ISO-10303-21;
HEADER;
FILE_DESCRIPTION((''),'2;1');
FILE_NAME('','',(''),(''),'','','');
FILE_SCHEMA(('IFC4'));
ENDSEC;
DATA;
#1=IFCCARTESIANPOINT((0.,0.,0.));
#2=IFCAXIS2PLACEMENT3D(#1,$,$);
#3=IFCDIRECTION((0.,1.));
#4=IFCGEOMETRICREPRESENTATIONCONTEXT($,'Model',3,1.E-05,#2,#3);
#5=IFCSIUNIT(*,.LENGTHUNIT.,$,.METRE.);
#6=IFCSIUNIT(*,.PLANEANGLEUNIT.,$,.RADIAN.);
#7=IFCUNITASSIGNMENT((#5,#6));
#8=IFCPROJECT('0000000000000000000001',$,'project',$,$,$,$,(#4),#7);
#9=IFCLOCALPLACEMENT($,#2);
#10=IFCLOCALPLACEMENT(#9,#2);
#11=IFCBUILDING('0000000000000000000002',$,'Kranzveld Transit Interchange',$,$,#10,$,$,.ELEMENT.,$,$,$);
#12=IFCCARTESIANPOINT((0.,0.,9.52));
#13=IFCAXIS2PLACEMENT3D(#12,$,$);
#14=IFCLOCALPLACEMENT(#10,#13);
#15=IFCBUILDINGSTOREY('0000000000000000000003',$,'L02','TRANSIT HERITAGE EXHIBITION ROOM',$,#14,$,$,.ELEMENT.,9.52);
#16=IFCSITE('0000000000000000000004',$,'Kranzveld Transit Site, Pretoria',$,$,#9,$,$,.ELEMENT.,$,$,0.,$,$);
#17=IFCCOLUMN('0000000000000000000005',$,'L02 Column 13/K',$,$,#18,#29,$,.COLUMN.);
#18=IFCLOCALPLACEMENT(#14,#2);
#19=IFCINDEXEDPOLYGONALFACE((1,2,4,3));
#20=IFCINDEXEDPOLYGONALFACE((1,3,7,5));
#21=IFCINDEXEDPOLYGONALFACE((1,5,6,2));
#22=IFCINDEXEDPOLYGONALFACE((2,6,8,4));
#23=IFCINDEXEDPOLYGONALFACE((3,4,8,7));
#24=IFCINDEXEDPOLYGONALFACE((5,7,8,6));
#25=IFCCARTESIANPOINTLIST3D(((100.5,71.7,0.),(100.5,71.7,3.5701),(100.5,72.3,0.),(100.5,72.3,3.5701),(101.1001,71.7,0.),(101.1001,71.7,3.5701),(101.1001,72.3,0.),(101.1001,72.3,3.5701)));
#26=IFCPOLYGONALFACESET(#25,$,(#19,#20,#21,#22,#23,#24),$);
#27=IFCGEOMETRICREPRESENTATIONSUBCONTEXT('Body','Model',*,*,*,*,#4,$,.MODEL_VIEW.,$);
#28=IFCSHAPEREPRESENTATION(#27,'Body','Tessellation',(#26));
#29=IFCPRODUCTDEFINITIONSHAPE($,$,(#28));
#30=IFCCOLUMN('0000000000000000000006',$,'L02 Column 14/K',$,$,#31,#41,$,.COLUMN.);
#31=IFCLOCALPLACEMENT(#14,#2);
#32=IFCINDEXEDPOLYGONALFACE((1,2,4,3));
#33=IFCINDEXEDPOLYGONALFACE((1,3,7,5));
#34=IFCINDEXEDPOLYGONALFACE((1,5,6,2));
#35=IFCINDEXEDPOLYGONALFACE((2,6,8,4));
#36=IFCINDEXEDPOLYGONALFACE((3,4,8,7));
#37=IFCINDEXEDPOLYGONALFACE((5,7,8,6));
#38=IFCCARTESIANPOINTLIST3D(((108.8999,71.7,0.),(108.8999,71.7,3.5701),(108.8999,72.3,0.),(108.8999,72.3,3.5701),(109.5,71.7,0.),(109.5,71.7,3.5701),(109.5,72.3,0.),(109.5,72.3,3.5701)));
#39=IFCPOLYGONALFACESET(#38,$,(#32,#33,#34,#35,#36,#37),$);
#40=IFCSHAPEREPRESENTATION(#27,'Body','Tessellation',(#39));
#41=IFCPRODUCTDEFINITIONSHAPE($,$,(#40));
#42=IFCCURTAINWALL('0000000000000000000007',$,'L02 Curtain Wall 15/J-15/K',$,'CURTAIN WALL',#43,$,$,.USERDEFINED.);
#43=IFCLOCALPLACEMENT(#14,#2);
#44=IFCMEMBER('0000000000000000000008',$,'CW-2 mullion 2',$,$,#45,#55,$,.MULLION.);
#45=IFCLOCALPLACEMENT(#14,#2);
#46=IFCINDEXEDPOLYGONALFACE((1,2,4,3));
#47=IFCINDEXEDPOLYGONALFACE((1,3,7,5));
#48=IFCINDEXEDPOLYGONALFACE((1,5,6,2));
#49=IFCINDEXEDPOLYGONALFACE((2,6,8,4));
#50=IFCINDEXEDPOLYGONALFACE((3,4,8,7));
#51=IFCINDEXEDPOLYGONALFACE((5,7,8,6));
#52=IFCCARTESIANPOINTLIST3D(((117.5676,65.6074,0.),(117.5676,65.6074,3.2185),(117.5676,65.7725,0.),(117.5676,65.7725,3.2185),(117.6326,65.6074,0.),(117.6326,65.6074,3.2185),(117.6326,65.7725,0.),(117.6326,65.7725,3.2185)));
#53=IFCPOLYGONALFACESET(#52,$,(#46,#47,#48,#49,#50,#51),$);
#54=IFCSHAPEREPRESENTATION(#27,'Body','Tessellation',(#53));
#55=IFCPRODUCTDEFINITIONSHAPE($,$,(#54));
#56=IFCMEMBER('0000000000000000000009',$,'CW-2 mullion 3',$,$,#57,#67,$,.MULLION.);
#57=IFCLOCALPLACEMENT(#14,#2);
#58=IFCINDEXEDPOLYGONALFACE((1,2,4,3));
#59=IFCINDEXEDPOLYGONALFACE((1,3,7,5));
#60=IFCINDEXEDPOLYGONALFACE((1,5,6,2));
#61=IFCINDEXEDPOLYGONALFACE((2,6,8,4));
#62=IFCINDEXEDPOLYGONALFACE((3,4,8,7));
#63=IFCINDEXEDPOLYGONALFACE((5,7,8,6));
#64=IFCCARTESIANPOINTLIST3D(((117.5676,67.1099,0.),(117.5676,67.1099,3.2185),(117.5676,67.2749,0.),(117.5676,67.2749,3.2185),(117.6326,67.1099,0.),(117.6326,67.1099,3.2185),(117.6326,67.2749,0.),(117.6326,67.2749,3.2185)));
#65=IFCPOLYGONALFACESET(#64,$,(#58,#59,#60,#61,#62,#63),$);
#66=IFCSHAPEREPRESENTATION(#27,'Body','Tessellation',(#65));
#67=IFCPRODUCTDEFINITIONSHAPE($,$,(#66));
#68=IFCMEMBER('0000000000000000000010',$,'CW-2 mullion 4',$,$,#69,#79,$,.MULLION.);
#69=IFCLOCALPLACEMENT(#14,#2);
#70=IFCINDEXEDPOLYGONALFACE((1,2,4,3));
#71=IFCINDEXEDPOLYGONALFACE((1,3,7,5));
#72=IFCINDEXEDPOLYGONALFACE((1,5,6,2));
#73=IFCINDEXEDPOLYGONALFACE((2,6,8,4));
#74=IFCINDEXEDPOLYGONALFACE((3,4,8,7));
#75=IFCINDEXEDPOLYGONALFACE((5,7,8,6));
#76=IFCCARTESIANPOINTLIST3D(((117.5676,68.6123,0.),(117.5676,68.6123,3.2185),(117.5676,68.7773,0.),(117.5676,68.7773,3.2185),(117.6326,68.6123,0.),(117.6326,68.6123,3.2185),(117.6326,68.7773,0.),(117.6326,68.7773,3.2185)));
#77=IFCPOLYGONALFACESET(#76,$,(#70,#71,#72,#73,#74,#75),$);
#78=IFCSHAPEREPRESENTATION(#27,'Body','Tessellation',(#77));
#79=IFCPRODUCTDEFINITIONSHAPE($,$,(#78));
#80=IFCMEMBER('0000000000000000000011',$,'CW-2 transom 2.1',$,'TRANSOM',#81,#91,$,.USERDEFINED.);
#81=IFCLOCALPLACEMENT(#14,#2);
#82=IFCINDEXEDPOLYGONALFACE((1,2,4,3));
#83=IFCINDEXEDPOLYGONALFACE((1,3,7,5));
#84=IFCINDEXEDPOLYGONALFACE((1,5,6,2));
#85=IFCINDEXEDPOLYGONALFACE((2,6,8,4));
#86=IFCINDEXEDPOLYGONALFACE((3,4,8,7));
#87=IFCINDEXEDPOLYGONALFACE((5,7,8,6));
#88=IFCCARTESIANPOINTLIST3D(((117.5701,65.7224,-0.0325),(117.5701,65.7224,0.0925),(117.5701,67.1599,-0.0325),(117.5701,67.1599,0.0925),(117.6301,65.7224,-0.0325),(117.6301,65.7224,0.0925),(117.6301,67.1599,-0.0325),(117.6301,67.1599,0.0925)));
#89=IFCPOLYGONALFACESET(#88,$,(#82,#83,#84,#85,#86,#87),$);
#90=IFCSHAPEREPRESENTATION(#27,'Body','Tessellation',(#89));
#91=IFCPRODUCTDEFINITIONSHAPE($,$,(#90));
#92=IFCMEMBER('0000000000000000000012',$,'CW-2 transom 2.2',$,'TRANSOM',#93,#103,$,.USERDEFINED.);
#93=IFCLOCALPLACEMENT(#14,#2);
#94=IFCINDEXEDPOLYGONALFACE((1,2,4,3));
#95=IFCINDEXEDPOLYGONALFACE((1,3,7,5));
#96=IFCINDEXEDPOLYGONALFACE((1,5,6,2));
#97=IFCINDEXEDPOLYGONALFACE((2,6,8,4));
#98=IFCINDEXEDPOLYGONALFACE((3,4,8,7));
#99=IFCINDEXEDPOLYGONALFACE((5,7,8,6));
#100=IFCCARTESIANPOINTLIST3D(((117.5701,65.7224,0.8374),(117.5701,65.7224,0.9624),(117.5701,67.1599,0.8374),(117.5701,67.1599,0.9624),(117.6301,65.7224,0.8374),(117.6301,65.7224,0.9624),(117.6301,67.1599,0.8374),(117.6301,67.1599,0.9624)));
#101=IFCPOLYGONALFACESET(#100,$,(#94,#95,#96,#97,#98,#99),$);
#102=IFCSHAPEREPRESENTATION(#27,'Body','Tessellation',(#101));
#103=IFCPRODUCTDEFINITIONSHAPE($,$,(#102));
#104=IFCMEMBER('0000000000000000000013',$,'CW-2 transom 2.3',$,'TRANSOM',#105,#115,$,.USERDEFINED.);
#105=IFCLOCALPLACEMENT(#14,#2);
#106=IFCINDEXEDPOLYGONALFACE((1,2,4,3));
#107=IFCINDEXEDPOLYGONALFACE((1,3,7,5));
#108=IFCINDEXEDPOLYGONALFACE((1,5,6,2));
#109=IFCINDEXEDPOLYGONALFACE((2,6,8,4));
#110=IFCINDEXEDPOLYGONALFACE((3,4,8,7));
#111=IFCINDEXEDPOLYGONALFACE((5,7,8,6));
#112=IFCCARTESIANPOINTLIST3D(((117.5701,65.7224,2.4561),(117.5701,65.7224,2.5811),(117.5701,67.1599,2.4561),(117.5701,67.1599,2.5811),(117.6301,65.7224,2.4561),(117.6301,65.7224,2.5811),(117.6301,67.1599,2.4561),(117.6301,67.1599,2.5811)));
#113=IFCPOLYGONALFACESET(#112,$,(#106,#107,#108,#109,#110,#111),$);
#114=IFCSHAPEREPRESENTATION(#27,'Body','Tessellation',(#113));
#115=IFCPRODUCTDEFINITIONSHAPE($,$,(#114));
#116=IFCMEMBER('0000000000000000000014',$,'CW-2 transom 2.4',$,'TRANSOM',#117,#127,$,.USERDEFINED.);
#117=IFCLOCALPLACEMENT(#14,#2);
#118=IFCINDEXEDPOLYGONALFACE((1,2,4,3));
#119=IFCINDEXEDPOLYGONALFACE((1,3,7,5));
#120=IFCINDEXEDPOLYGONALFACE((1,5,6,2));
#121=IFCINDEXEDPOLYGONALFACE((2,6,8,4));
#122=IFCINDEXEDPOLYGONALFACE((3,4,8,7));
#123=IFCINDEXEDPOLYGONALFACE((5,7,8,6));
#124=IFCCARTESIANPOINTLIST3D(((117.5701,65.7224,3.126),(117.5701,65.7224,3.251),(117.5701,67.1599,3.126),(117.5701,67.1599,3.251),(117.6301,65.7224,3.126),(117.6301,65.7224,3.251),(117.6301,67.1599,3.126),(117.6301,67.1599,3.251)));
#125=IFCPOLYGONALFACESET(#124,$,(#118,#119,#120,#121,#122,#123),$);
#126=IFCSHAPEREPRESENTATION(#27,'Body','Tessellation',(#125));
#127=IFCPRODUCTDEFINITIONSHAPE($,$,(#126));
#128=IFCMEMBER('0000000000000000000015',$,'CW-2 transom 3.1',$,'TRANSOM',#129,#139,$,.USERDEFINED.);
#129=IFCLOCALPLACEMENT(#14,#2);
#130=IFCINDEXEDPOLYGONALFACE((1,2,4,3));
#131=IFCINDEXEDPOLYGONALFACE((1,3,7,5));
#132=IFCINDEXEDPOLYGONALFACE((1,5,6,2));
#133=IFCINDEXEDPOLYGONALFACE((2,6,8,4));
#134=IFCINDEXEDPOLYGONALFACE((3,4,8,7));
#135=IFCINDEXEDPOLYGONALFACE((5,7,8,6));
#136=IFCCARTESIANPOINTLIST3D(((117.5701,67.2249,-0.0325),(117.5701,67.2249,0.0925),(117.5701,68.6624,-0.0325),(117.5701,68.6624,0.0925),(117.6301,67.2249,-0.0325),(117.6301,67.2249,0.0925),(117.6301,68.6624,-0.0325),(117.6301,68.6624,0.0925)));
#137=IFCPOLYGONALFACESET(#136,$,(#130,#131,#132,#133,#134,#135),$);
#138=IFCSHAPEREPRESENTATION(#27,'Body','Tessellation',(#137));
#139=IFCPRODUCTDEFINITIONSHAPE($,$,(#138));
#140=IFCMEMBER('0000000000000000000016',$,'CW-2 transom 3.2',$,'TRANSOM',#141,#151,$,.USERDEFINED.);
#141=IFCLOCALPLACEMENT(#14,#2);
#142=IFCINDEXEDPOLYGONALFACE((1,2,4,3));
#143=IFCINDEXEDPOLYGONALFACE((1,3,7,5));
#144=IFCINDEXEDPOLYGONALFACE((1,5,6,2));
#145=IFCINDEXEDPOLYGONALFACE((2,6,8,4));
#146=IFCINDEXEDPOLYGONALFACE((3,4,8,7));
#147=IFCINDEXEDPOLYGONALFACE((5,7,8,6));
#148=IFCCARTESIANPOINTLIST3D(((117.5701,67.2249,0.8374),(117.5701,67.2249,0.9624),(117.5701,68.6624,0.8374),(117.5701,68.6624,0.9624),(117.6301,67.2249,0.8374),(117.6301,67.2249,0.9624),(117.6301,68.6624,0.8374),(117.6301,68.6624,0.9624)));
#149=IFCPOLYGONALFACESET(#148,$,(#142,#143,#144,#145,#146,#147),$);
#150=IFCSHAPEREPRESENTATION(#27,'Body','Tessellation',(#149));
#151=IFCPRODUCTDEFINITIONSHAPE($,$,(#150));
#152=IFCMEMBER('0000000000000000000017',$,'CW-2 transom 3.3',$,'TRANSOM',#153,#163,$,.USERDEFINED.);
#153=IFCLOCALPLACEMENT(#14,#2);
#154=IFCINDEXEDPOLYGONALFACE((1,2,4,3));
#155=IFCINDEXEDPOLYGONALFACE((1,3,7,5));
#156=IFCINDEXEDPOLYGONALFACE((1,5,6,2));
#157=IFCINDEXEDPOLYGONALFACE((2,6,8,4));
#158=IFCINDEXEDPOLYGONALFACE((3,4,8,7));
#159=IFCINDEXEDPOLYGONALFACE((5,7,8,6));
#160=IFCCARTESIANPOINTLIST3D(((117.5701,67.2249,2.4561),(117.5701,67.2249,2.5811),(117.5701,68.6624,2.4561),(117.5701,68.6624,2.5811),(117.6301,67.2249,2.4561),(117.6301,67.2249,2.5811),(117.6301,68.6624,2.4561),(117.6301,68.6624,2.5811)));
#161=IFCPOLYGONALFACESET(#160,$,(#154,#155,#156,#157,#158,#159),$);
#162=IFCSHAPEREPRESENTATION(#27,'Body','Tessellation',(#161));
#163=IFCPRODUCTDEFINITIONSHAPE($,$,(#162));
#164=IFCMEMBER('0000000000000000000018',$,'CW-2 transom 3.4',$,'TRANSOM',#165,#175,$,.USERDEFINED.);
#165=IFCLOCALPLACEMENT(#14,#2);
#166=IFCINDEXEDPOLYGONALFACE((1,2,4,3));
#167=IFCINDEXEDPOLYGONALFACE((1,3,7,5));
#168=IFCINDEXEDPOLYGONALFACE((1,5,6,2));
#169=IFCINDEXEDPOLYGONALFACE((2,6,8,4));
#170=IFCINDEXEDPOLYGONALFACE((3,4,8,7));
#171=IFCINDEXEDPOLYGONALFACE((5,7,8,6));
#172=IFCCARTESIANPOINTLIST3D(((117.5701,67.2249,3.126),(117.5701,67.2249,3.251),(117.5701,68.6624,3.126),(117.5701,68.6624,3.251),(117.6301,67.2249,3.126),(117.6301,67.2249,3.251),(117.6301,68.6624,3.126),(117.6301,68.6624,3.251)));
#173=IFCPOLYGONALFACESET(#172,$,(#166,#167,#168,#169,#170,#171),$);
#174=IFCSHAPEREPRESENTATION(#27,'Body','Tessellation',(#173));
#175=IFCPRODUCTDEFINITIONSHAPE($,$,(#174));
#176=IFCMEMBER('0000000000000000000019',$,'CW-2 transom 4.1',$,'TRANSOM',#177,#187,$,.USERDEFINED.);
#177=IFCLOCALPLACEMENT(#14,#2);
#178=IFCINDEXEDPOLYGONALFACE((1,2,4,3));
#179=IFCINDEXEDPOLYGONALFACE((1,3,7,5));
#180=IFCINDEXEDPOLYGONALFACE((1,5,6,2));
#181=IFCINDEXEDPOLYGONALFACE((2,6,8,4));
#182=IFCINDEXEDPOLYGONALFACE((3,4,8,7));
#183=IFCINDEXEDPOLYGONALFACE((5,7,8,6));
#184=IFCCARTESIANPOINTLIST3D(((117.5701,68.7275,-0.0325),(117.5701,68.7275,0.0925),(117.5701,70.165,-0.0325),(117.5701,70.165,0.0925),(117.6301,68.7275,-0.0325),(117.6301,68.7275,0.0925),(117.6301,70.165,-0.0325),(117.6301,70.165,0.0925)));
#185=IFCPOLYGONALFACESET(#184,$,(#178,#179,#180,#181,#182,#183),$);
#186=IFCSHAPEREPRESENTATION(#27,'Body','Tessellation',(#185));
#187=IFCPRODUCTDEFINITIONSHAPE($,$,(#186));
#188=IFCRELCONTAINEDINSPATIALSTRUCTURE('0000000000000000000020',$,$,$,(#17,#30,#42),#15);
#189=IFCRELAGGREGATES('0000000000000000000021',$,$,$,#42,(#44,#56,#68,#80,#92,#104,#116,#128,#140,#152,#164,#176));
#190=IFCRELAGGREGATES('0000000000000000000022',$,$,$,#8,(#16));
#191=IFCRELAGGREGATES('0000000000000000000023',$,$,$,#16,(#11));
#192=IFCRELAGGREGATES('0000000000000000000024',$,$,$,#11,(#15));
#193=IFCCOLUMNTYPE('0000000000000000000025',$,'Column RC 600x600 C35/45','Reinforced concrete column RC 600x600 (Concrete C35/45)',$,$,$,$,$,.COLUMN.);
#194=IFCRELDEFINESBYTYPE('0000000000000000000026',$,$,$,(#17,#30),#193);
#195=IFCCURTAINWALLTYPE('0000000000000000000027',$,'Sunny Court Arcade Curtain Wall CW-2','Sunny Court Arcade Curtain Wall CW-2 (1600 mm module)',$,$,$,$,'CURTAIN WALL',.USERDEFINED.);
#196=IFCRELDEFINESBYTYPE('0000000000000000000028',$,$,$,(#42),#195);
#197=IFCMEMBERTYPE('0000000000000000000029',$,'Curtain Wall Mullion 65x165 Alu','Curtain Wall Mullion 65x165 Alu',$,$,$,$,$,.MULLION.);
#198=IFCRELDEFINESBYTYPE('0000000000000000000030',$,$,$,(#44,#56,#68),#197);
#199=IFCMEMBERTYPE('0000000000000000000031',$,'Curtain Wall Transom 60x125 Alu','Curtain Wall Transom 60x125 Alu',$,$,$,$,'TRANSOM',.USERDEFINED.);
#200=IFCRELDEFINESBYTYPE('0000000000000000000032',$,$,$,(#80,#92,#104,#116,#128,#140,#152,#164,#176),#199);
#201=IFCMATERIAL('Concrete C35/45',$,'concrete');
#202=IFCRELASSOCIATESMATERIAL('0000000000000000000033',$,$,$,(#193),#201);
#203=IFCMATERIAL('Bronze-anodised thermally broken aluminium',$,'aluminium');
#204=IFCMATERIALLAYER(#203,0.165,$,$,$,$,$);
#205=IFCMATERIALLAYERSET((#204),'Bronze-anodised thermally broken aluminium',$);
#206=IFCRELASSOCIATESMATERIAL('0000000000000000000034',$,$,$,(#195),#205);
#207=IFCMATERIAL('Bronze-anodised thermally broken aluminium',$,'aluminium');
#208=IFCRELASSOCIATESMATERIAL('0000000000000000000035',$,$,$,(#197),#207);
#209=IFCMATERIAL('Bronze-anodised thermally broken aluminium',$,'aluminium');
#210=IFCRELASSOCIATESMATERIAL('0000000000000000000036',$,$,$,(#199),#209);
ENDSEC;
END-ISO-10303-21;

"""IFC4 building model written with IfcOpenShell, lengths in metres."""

from ifc_helpers import new_model, si_unit, direction, frame, origin, origin_2d, place, context, subcontext, project, spatial, rectangle, extrude, material, layer, layer_set, material_profile, profile_set, type_object, element, aggregate, save


model = new_model("IFC4")

# Units and contexts
model_context = context("Model", 3, precision=1e-05, world=origin(), true_north=direction((0.0, 1.0)))
body_context = subcontext(model_context, "Body", "Model", "MODEL_VIEW")
ifc_project = project(units=[si_unit("LENGTHUNIT", "METRE"), si_unit("PLANEANGLEUNIT", "RADIAN")], contexts=[model_context])

# Site, building, storey
site_placement = place(None, origin())
site = spatial("IfcSite", under=ifc_project, at=site_placement, Name="Kranzveld Transit Site, Pretoria", CompositionType="ELEMENT", RefElevation=0.0)
building_placement = place(site_placement, origin())
building = spatial("IfcBuilding", under=site, at=building_placement, Name="Kranzveld Transit Interchange", CompositionType="ELEMENT")
storey_placement = place(building_placement, frame((0.0, 0.0, 9.52)))
storey = spatial("IfcBuildingStorey", under=building, at=storey_placement, Name="L02", Description="TRANSIT HERITAGE EXHIBITION ROOM", CompositionType="ELEMENT", Elevation=9.52)

# Columns
ifc_material_1 = material(Name="Concrete C35/45", Category="concrete")
ifc_material_profile_1 = material_profile(ifc_material_1, rectangle(XDim=0.6001, YDim=0.6001, at=origin_2d()), Name="RC 600x600")
ifc_profile_set_1 = profile_set([ifc_material_profile_1], Name="Concrete C35/45")
column_type = type_object("IfcColumnType", Name="Column RC 600x600 C35/45", Description="Reinforced concrete column RC 600x600 (Concrete C35/45)", PredefinedType="COLUMN", material=ifc_profile_set_1)
for number, where, z_axis, x_axis, name in (
    (1, (100.8, 72.0, 0.0), (0.0, 0.0, 1.0), (1.0, 0.0, 0.0), "L02 Column 13/K"),
    (2, (109.2, 72.0, 0.0), (0.0, 0.0, 1.0), (1.0, 0.0, 0.0), "L02 Column 14/K"),
):
    element("IfcColumn", number, at=place(storey_placement, frame(where, z_axis=z_axis, x_axis=x_axis)), inside=storey, type_object=column_type, Name=name, PredefinedType="COLUMN", context=body_context, shape_type="SweptSolid", body=[
        extrude(rectangle(XDim=0.6001, YDim=0.6001, at=origin_2d()), origin(), (0.0, 0.0, 1.0), 3.5701),
    ])

# Curtain wall, members
ifc_material_2 = material(Name="Bronze-anodised thermally broken aluminium", Category="aluminium")
ifc_layer_1 = layer(ifc_material_2, 0.165)
ifc_layer_set_1 = layer_set([ifc_layer_1], Name="Bronze-anodised thermally broken aluminium")
curtain_wall_type = type_object("IfcCurtainWallType", Name="Sunny Court Arcade Curtain Wall CW-2", Description="Sunny Court Arcade Curtain Wall CW-2 (1600 mm module)", ElementType="CURTAIN WALL", PredefinedType="USERDEFINED", material=ifc_layer_set_1)
curtain_wall_placement = place(storey_placement, origin())
curtain_wall = element("IfcCurtainWall", 3, at=curtain_wall_placement, inside=storey, type_object=curtain_wall_type, Name="L02 Curtain Wall 15/J-15/K", ObjectType="CURTAIN WALL", PredefinedType="USERDEFINED")
ifc_material_3 = material(Name="Bronze-anodised thermally broken aluminium", Category="aluminium")
ifc_material_profile_2 = material_profile(ifc_material_3, rectangle(XDim=0.0649, YDim=0.165, at=origin_2d()), Name="ALU MULLION 65x165")
ifc_profile_set_2 = profile_set([ifc_material_profile_2], Name="Bronze-anodised thermally broken aluminium")
member_type_1 = type_object("IfcMemberType", Name="Curtain Wall Mullion 65x165 Alu", Description="Curtain Wall Mullion 65x165 Alu", PredefinedType="MULLION", material=ifc_profile_set_2)
member_1_placement = place(storey_placement, frame((117.6001, 65.6899, 0.0), z_axis=(0.0, 0.0, 1.0), x_axis=(-1.0, 0.0, 0.0)))
member_1 = element("IfcMember", 4, at=member_1_placement, type_object=member_type_1, Name="CW-2 mullion 2", PredefinedType="MULLION", context=body_context, shape_type="SweptSolid", body=[
    extrude(rectangle(XDim=0.0649, YDim=0.165, at=origin_2d()), origin(), (0.0, 0.0, 1.0), 3.2185),
])
member_2_placement = place(storey_placement, frame((117.6001, 67.1924, 0.0), z_axis=(0.0, 0.0, 1.0), x_axis=(-1.0, 0.0, 0.0)))
member_2 = element("IfcMember", 5, at=member_2_placement, type_object=member_type_1, Name="CW-2 mullion 3", PredefinedType="MULLION", context=body_context, shape_type="SweptSolid", body=[
    extrude(rectangle(XDim=0.0649, YDim=0.165, at=origin_2d()), origin(), (0.0, 0.0, 1.0), 3.2185),
])
member_3_placement = place(storey_placement, frame((117.6001, 68.6948, 0.0), z_axis=(0.0, 0.0, 1.0), x_axis=(-1.0, 0.0, 0.0)))
member_3 = element("IfcMember", 6, at=member_3_placement, type_object=member_type_1, Name="CW-2 mullion 4", PredefinedType="MULLION", context=body_context, shape_type="SweptSolid", body=[
    extrude(rectangle(XDim=0.0649, YDim=0.165, at=origin_2d()), origin(), (0.0, 0.0, 1.0), 3.2185),
])
ifc_material_4 = material(Name="Bronze-anodised thermally broken aluminium", Category="aluminium")
ifc_material_profile_3 = material_profile(ifc_material_4, rectangle(XDim=0.0601, YDim=0.125, at=origin_2d()), Name="ALU TRANSOM 60x125")
ifc_profile_set_3 = profile_set([ifc_material_profile_3], Name="Bronze-anodised thermally broken aluminium")
member_type_2 = type_object("IfcMemberType", Name="Curtain Wall Transom 60x125 Alu", Description="Curtain Wall Transom 60x125 Alu", ElementType="TRANSOM", PredefinedType="USERDEFINED", material=ifc_profile_set_3)
member_4_placement = place(storey_placement, frame((117.6001, 65.7224, 0.03), z_axis=(0.0, 1.0, 0.0), x_axis=(-1.0, 0.0, 0.0)))
member_4 = element("IfcMember", 7, at=member_4_placement, type_object=member_type_2, Name="CW-2 transom 2.1", ObjectType="TRANSOM", PredefinedType="USERDEFINED", context=body_context, shape_type="SweptSolid", body=[
    extrude(rectangle(XDim=0.0601, YDim=0.125, at=origin_2d()), origin(), (0.0, 0.0, 1.0), 1.4375),
])
member_5_placement = place(storey_placement, frame((117.6001, 65.7224, 0.8999), z_axis=(0.0, 1.0, 0.0), x_axis=(-1.0, 0.0, 0.0)))
member_5 = element("IfcMember", 8, at=member_5_placement, type_object=member_type_2, Name="CW-2 transom 2.2", ObjectType="TRANSOM", PredefinedType="USERDEFINED", context=body_context, shape_type="SweptSolid", body=[
    extrude(rectangle(XDim=0.0601, YDim=0.125, at=origin_2d()), origin(), (0.0, 0.0, 1.0), 1.4375),
])
member_6_placement = place(storey_placement, frame((117.6001, 65.7224, 2.5186), z_axis=(0.0, 1.0, 0.0), x_axis=(-1.0, 0.0, 0.0)))
member_6 = element("IfcMember", 9, at=member_6_placement, type_object=member_type_2, Name="CW-2 transom 2.3", ObjectType="TRANSOM", PredefinedType="USERDEFINED", context=body_context, shape_type="SweptSolid", body=[
    extrude(rectangle(XDim=0.0601, YDim=0.125, at=origin_2d()), origin(), (0.0, 0.0, 1.0), 1.4375),
])
member_7_placement = place(storey_placement, frame((117.6001, 65.7224, 3.1885), z_axis=(0.0, 1.0, 0.0), x_axis=(-1.0, 0.0, 0.0)))
member_7 = element("IfcMember", 10, at=member_7_placement, type_object=member_type_2, Name="CW-2 transom 2.4", ObjectType="TRANSOM", PredefinedType="USERDEFINED", context=body_context, shape_type="SweptSolid", body=[
    extrude(rectangle(XDim=0.0601, YDim=0.125, at=origin_2d()), origin(), (0.0, 0.0, 1.0), 1.4375),
])
member_8_placement = place(storey_placement, frame((117.6001, 67.2249, 0.03), z_axis=(0.0, 1.0, 0.0), x_axis=(-1.0, 0.0, 0.0)))
member_8 = element("IfcMember", 11, at=member_8_placement, type_object=member_type_2, Name="CW-2 transom 3.1", ObjectType="TRANSOM", PredefinedType="USERDEFINED", context=body_context, shape_type="SweptSolid", body=[
    extrude(rectangle(XDim=0.0601, YDim=0.125, at=origin_2d()), origin(), (0.0, 0.0, 1.0), 1.4375),
])
member_9_placement = place(storey_placement, frame((117.6001, 67.2249, 0.8999), z_axis=(0.0, 1.0, 0.0), x_axis=(-1.0, 0.0, 0.0)))
member_9 = element("IfcMember", 12, at=member_9_placement, type_object=member_type_2, Name="CW-2 transom 3.2", ObjectType="TRANSOM", PredefinedType="USERDEFINED", context=body_context, shape_type="SweptSolid", body=[
    extrude(rectangle(XDim=0.0601, YDim=0.125, at=origin_2d()), origin(), (0.0, 0.0, 1.0), 1.4375),
])
member_10_placement = place(storey_placement, frame((117.6001, 67.2249, 2.5186), z_axis=(0.0, 1.0, 0.0), x_axis=(-1.0, 0.0, 0.0)))
member_10 = element("IfcMember", 13, at=member_10_placement, type_object=member_type_2, Name="CW-2 transom 3.3", ObjectType="TRANSOM", PredefinedType="USERDEFINED", context=body_context, shape_type="SweptSolid", body=[
    extrude(rectangle(XDim=0.0601, YDim=0.125, at=origin_2d()), origin(), (0.0, 0.0, 1.0), 1.4375),
])
member_11_placement = place(storey_placement, frame((117.6001, 67.2249, 3.1885), z_axis=(0.0, 1.0, 0.0), x_axis=(-1.0, 0.0, 0.0)))
member_11 = element("IfcMember", 14, at=member_11_placement, type_object=member_type_2, Name="CW-2 transom 3.4", ObjectType="TRANSOM", PredefinedType="USERDEFINED", context=body_context, shape_type="SweptSolid", body=[
    extrude(rectangle(XDim=0.0601, YDim=0.125, at=origin_2d()), origin(), (0.0, 0.0, 1.0), 1.4375),
])
member_12_placement = place(storey_placement, frame((117.6001, 68.7275, 0.03), z_axis=(0.0, 1.0, 0.0), x_axis=(-1.0, 0.0, 0.0)))
member_12 = element("IfcMember", 15, at=member_12_placement, type_object=member_type_2, Name="CW-2 transom 4.1", ObjectType="TRANSOM", PredefinedType="USERDEFINED", context=body_context, shape_type="SweptSolid", body=[
    extrude(rectangle(XDim=0.0601, YDim=0.125, at=origin_2d()), origin(), (0.0, 0.0, 1.0), 1.4375),
])

aggregate(curtain_wall, [member_1, member_2, member_3, member_4, member_5, member_6, member_7, member_8, member_9, member_10, member_11, member_12])

save(model, "model.ifc")
